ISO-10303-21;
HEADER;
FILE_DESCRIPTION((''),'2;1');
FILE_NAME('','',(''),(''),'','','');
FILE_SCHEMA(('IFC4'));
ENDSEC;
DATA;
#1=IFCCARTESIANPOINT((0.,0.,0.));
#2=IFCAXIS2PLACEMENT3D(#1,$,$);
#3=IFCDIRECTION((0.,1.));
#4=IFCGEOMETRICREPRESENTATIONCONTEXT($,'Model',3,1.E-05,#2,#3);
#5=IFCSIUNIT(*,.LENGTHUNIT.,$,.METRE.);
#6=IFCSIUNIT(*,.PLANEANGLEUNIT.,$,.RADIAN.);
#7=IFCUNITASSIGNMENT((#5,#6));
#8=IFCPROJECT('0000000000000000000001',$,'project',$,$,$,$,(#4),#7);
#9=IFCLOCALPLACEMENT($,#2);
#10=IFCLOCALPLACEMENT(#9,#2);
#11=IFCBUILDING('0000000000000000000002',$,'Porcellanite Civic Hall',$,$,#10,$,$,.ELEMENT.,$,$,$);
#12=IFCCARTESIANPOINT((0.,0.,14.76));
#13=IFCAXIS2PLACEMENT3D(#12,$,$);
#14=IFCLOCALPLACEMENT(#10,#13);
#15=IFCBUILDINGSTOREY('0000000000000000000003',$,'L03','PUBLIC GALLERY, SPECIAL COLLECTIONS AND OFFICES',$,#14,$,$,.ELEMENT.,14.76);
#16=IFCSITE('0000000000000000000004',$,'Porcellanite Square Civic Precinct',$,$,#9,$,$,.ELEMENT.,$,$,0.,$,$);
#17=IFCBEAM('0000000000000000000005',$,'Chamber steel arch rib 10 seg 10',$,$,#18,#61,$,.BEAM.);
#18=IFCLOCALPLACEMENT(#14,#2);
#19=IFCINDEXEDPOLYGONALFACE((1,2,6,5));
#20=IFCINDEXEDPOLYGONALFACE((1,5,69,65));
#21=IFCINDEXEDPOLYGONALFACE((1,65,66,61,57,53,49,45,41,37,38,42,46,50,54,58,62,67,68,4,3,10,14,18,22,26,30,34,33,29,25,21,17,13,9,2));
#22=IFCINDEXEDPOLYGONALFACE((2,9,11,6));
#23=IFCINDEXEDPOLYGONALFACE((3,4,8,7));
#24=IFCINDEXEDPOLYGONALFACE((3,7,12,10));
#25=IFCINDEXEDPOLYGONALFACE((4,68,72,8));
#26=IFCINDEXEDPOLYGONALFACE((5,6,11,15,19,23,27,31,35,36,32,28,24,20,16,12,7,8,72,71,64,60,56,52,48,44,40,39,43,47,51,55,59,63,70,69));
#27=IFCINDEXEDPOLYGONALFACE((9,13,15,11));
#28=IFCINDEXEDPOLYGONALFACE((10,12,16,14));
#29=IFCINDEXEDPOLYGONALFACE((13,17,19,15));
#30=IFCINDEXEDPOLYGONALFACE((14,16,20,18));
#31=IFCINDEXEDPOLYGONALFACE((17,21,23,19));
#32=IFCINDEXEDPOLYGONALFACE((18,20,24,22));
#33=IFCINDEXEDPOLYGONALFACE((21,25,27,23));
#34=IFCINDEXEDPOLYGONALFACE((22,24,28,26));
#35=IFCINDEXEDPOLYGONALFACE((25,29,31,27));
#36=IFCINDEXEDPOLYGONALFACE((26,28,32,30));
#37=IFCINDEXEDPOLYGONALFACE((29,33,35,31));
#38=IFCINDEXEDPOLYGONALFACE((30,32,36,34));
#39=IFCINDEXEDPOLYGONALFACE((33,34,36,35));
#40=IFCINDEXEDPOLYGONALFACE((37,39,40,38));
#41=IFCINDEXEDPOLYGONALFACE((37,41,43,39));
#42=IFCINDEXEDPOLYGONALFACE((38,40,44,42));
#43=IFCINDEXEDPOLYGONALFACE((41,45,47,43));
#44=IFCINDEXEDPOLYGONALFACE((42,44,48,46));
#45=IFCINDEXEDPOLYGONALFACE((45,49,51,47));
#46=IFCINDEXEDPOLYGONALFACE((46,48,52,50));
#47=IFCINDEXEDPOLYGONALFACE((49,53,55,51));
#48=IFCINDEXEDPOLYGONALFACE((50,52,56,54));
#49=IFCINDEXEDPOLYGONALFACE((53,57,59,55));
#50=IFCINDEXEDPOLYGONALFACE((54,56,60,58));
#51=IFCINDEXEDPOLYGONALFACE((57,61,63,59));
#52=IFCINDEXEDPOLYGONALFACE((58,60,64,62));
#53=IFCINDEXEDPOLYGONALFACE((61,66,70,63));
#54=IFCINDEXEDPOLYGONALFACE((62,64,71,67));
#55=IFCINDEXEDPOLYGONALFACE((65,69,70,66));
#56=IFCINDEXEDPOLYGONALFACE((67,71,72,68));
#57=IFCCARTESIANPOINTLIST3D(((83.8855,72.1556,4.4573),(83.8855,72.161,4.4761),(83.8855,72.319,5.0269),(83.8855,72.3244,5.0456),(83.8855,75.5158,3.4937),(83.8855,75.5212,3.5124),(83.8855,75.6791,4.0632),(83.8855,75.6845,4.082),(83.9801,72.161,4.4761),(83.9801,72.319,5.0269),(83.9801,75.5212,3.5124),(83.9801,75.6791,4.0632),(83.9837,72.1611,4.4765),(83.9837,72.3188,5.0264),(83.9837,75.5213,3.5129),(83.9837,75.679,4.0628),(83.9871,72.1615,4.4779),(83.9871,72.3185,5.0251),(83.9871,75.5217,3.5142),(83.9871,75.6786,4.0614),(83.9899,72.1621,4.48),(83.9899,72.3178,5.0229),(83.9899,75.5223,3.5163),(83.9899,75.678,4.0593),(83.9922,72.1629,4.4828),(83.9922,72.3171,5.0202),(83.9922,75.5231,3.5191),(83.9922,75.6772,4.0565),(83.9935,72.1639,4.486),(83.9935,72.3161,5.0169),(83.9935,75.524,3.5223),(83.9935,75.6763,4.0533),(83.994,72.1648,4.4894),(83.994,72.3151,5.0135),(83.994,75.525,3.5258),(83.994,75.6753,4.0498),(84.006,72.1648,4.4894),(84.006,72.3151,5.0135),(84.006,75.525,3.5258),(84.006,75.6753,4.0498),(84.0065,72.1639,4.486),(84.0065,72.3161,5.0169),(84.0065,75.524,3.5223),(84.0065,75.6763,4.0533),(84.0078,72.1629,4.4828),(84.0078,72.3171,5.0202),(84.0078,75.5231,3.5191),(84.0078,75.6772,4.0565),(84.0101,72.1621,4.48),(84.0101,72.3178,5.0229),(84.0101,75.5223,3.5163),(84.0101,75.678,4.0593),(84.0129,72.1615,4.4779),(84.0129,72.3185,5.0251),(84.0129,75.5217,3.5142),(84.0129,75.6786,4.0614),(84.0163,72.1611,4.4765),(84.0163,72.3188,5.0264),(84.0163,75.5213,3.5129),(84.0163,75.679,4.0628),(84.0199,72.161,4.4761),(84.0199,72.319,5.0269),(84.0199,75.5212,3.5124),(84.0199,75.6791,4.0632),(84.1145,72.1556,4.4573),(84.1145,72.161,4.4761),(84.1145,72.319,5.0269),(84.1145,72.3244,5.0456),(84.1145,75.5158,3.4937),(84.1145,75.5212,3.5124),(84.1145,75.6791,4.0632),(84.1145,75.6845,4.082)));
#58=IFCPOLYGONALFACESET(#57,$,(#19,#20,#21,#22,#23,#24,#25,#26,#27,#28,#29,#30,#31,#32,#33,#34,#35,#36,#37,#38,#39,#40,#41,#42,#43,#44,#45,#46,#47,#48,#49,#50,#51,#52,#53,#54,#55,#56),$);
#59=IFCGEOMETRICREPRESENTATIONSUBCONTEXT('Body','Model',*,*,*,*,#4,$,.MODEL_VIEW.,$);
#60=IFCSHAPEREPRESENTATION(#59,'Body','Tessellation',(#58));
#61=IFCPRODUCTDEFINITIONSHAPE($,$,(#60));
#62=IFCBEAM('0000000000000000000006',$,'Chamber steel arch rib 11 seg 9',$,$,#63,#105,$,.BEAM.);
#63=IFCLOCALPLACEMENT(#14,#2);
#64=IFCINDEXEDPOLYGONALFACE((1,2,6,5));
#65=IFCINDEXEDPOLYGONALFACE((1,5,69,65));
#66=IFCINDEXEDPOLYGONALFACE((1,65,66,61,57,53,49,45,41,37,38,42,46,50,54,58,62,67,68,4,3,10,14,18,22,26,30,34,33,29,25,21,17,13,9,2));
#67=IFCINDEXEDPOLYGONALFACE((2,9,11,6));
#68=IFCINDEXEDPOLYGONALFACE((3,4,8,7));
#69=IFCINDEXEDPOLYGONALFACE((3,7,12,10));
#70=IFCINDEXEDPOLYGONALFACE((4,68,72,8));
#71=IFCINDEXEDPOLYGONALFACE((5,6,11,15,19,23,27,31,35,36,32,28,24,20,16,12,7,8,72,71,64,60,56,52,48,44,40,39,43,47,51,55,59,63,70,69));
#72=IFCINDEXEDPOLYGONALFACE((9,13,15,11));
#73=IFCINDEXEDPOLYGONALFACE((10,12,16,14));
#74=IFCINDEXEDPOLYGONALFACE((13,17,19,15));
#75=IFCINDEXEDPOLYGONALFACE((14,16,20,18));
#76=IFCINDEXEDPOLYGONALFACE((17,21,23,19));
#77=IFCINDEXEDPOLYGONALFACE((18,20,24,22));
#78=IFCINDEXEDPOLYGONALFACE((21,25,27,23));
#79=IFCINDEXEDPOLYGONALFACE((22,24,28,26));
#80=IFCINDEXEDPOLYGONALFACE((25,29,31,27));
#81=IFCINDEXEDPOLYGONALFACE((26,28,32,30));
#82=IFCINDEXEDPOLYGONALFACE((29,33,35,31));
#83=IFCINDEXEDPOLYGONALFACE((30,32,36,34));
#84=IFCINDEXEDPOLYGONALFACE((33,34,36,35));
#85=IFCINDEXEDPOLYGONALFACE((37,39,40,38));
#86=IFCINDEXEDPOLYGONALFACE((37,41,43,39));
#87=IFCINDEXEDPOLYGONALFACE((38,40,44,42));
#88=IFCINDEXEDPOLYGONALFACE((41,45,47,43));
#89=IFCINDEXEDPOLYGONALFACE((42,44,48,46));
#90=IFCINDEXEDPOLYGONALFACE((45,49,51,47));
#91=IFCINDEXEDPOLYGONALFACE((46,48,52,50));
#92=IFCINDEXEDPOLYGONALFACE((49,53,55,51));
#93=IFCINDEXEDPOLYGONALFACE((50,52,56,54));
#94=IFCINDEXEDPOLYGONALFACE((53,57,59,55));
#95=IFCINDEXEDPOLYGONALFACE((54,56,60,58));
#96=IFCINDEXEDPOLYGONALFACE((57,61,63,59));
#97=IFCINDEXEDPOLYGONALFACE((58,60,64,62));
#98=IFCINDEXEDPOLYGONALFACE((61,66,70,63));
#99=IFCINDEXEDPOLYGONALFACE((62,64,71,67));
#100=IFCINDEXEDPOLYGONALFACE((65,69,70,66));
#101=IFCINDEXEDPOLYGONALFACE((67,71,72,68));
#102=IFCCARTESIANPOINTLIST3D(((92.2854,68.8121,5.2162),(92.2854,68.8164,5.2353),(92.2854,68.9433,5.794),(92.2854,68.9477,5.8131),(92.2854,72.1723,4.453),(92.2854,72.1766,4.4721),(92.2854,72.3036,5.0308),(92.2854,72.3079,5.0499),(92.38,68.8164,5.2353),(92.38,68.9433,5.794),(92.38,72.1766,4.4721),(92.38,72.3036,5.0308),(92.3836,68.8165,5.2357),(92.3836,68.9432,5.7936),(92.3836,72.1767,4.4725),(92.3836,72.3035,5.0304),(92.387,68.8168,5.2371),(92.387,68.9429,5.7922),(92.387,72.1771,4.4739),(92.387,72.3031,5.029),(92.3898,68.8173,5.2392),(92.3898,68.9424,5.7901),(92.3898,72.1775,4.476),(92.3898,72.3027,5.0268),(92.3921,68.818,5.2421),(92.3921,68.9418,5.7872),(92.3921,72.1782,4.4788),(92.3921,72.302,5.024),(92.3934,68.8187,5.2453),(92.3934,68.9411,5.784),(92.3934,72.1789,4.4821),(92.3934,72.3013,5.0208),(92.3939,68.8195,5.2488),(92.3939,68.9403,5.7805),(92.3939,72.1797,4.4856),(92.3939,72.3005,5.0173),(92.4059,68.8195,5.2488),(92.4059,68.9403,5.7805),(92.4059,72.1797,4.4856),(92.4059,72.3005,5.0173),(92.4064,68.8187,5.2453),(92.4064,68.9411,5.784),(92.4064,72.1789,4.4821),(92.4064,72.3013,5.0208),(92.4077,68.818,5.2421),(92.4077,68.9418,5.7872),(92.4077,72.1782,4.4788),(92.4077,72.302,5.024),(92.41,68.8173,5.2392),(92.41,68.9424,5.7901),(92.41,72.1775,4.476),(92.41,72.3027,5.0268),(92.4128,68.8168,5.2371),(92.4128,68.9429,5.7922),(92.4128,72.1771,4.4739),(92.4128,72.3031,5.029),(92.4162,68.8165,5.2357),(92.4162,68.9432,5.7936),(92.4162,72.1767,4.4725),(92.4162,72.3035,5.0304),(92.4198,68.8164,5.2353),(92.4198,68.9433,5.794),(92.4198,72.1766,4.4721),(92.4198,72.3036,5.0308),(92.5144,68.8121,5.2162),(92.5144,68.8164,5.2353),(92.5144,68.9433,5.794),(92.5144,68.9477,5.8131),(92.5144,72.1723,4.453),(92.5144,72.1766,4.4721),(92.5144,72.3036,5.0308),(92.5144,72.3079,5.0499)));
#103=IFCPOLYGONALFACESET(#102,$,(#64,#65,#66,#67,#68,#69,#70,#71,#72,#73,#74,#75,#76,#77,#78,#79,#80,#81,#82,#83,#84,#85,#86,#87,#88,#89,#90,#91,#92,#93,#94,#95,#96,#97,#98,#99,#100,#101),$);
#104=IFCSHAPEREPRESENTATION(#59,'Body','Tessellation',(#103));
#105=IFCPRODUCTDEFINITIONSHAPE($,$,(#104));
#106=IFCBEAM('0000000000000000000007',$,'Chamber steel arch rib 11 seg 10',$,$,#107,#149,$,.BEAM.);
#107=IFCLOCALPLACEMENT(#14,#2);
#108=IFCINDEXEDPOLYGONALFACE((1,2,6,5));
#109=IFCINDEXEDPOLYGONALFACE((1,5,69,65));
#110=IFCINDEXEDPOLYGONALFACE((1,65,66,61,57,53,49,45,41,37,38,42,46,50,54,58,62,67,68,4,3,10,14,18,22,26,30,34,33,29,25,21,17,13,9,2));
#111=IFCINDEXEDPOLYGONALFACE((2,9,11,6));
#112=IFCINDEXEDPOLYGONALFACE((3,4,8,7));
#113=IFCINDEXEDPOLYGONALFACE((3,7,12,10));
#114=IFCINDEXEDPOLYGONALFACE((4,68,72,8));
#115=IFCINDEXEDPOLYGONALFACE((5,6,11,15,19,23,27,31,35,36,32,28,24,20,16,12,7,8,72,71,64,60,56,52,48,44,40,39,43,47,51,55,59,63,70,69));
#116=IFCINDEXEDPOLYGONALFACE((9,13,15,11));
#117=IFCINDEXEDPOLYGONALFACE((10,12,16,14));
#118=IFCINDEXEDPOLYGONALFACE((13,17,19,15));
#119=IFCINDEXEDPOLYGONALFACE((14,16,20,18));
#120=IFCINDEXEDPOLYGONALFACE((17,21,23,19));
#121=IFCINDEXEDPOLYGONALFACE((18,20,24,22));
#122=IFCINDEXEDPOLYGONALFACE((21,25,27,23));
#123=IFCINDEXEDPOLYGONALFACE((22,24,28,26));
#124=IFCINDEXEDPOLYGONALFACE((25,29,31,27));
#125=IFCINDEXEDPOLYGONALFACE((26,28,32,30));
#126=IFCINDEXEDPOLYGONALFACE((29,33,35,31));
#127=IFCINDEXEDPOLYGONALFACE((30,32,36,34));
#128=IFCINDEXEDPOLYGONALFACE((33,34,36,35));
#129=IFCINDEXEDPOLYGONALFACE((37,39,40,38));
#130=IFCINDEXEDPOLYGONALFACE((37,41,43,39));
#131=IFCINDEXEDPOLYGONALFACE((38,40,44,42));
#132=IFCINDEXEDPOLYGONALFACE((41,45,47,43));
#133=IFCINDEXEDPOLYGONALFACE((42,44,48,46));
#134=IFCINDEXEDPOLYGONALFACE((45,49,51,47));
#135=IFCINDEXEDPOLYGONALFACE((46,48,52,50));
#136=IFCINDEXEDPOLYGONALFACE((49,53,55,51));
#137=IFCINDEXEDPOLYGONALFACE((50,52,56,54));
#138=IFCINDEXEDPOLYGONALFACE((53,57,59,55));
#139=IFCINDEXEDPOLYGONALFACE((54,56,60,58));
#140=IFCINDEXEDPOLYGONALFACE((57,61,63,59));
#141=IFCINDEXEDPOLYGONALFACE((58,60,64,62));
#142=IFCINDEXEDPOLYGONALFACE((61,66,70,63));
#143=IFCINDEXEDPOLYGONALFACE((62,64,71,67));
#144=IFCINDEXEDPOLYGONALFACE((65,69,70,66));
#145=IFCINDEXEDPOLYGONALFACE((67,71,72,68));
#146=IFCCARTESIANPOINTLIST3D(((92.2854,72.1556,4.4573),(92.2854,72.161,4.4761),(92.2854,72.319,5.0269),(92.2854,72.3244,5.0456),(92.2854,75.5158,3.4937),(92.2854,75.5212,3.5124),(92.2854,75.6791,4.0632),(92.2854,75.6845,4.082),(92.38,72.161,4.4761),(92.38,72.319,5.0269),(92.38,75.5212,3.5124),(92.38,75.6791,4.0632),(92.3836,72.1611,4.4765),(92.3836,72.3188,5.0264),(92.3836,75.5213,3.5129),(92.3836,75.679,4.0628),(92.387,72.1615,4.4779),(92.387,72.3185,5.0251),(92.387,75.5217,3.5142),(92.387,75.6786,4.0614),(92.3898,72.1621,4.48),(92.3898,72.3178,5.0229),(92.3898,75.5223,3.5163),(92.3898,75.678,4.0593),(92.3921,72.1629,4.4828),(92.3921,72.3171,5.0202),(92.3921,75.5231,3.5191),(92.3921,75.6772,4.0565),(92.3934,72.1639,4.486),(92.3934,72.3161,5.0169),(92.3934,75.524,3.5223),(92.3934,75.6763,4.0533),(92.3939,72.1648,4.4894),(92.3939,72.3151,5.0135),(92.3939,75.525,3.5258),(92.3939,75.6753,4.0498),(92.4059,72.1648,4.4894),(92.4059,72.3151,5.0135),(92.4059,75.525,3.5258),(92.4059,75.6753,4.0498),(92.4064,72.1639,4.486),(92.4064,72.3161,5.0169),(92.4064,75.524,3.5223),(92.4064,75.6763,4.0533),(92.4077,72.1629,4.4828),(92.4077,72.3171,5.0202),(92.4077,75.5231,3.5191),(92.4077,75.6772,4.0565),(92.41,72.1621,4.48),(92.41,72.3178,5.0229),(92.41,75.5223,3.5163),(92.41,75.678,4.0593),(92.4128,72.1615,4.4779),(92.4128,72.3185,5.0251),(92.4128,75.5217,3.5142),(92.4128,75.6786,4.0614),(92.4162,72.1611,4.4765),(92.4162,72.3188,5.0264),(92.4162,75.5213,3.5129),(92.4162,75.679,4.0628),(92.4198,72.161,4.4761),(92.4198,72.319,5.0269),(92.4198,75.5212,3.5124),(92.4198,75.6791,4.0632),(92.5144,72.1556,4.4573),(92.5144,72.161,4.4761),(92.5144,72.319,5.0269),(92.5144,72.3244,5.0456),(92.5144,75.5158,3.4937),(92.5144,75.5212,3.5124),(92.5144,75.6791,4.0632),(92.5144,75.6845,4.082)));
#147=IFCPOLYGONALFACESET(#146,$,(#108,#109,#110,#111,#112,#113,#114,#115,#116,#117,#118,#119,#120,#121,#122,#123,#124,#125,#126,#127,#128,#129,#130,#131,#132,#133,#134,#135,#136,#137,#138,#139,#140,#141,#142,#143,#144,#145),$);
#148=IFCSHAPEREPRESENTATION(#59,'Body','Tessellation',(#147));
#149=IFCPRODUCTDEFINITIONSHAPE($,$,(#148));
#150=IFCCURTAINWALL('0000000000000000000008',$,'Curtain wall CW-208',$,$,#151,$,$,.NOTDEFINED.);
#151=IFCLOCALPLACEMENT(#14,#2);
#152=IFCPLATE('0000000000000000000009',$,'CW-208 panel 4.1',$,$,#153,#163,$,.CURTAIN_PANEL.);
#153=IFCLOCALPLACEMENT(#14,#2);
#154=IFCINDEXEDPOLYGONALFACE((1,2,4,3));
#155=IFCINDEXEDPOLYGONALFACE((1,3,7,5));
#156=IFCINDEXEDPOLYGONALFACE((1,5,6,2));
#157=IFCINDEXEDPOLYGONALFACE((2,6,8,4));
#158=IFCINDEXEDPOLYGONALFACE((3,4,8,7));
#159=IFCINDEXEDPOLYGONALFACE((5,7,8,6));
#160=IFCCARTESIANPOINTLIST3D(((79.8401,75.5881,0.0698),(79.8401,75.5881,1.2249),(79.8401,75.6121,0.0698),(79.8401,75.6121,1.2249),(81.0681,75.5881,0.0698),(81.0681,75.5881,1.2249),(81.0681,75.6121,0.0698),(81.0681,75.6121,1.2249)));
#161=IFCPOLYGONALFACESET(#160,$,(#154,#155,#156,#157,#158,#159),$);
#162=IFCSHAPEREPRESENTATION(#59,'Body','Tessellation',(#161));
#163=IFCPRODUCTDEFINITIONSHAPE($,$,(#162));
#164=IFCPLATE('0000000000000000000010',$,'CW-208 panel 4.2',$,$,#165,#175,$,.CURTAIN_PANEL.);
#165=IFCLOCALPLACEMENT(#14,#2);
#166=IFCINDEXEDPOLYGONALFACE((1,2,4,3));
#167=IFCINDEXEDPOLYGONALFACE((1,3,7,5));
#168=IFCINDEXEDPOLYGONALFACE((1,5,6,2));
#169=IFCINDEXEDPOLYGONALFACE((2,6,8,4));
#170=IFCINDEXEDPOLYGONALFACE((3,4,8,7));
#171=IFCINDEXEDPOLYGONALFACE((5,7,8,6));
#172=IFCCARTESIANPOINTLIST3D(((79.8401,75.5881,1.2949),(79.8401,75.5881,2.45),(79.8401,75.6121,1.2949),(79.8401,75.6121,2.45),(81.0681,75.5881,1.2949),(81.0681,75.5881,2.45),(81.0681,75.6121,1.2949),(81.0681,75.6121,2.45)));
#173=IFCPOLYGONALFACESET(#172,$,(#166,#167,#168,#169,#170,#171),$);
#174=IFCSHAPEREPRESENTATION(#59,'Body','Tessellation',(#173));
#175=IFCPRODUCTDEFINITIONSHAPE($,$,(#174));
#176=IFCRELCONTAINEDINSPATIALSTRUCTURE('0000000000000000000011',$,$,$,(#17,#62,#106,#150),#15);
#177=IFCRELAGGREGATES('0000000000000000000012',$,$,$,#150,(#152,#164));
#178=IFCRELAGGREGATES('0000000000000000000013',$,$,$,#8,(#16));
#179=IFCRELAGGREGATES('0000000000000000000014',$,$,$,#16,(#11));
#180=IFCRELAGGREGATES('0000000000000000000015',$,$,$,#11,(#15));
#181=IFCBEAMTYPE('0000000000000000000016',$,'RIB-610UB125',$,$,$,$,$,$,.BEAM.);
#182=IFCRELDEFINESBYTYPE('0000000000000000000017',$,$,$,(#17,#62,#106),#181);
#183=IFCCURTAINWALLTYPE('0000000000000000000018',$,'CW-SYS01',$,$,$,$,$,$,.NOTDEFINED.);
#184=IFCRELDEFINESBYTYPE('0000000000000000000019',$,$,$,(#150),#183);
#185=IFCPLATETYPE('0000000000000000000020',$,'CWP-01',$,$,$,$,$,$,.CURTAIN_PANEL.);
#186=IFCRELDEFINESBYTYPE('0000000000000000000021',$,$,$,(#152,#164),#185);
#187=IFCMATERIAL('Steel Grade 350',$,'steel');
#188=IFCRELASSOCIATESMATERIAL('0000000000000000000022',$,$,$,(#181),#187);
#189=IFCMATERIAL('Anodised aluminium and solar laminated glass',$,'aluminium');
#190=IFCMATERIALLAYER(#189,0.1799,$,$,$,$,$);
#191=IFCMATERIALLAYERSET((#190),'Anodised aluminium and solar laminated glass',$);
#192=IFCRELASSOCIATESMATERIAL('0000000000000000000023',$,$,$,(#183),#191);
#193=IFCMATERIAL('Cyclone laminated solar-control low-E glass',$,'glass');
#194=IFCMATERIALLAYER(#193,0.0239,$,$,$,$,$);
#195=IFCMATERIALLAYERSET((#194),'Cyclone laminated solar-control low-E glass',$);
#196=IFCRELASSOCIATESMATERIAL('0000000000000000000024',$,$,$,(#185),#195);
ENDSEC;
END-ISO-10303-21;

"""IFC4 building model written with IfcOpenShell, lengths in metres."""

from ifc_helpers import new_model, si_unit, direction, frame, origin, origin_2d, place, context, subcontext, project, spatial, rectangle, i_section, extrude, material, layer, layer_set, material_profile, profile_set, type_object, element, aggregate, save


model = new_model("IFC4")

# Units and contexts
model_context = context("Model", 3, precision=1e-05, world=origin(), true_north=direction((0.0, 1.0)))
body_context = subcontext(model_context, "Body", "Model", "MODEL_VIEW")
ifc_project = project(units=[si_unit("LENGTHUNIT", "METRE"), si_unit("PLANEANGLEUNIT", "RADIAN")], contexts=[model_context])

# Site, building, storey
site_placement = place(None, origin())
site = spatial("IfcSite", under=ifc_project, at=site_placement, Name="Porcellanite Square Civic Precinct", CompositionType="ELEMENT", RefElevation=0.0)
building_placement = place(site_placement, origin())
building = spatial("IfcBuilding", under=site, at=building_placement, Name="Porcellanite Civic Hall", CompositionType="ELEMENT")
storey_placement = place(building_placement, frame((0.0, 0.0, 14.76)))
storey = spatial("IfcBuildingStorey", under=building, at=storey_placement, Name="L03", Description="PUBLIC GALLERY, SPECIAL COLLECTIONS AND OFFICES", CompositionType="ELEMENT", Elevation=14.76)

# Beams
ifc_material_1 = material(Name="Steel Grade 350", Category="steel")
ifc_material_profile_1 = material_profile(ifc_material_1, i_section(OverallWidth=0.229, OverallDepth=0.6121, WebThickness=0.012, FlangeThickness=0.0195, FilletRadius=0.0139, at=origin_2d()), Name="610UB125")
ifc_profile_set_1 = profile_set([ifc_material_profile_1], Name="Steel Grade 350")
beam_type = type_object("IfcBeamType", Name="RIB-610UB125", PredefinedType="BEAM", material=ifc_profile_set_1)
beam_1_placement = place(storey_placement, frame((84.0, 72.24, 4.7515), z_axis=(0.0, 0.961252, -0.275671), x_axis=(-1.0, 0.0, 0.0)))
element("IfcBeam", 1, at=beam_1_placement, inside=storey, type_object=beam_type, Name="Chamber steel arch rib 10 seg 10", PredefinedType="BEAM", context=body_context, shape_type="SweptSolid", body=[
    extrude(i_section(OverallWidth=0.229, OverallDepth=0.6121, WebThickness=0.012, FlangeThickness=0.0195, FilletRadius=0.0139, at=origin_2d()), origin(), (0.0, 0.0, 1.0), 3.4956),
])
beam_2_placement = place(storey_placement, frame((92.3999, 68.8799, 5.5146), z_axis=(0.0, 0.975163, -0.221489), x_axis=(-1.0, 0.0, 0.0)))
element("IfcBeam", 2, at=beam_2_placement, inside=storey, type_object=beam_type, Name="Chamber steel arch rib 11 seg 9", PredefinedType="BEAM", context=body_context, shape_type="SweptSolid", body=[
    extrude(i_section(OverallWidth=0.229, OverallDepth=0.6121, WebThickness=0.012, FlangeThickness=0.0195, FilletRadius=0.0139, at=origin_2d()), origin(), (0.0, 0.0, 1.0), 3.4458),
])
beam_3_placement = place(storey_placement, frame((92.3999, 72.24, 4.7515), z_axis=(0.0, 0.961252, -0.275671), x_axis=(-1.0, 0.0, 0.0)))
element("IfcBeam", 3, at=beam_3_placement, inside=storey, type_object=beam_type, Name="Chamber steel arch rib 11 seg 10", PredefinedType="BEAM", context=body_context, shape_type="SweptSolid", body=[
    extrude(i_section(OverallWidth=0.229, OverallDepth=0.6121, WebThickness=0.012, FlangeThickness=0.0195, FilletRadius=0.0139, at=origin_2d()), origin(), (0.0, 0.0, 1.0), 3.4956),
])

# Curtain wall, plates
ifc_material_2 = material(Name="Anodised aluminium and solar laminated glass", Category="aluminium")
ifc_layer_1 = layer(ifc_material_2, 0.1799)
ifc_layer_set_1 = layer_set([ifc_layer_1], Name="Anodised aluminium and solar laminated glass")
curtain_wall_type = type_object("IfcCurtainWallType", Name="CW-SYS01", PredefinedType="NOTDEFINED", material=ifc_layer_set_1)
curtain_wall_placement = place(storey_placement, origin())
curtain_wall = element("IfcCurtainWall", 4, at=curtain_wall_placement, inside=storey, type_object=curtain_wall_type, Name="Curtain wall CW-208", PredefinedType="NOTDEFINED")
ifc_material_3 = material(Name="Cyclone laminated solar-control low-E glass", Category="glass")
ifc_layer_2 = layer(ifc_material_3, 0.0239)
ifc_layer_set_2 = layer_set([ifc_layer_2], Name="Cyclone laminated solar-control low-E glass")
plate_type = type_object("IfcPlateType", Name="CWP-01", PredefinedType="CURTAIN_PANEL", material=ifc_layer_set_2)
plate_1_placement = place(storey_placement, frame((80.4541, 75.6001, 0.0698), z_axis=(0.0, 0.0, 1.0), x_axis=(1.0, 0.0, 0.0)))
plate_1 = element("IfcPlate", 5, at=plate_1_placement, type_object=plate_type, Name="CW-208 panel 4.1", PredefinedType="CURTAIN_PANEL", context=body_context, shape_type="SweptSolid", body=[
    extrude(rectangle(XDim=1.228, YDim=0.0239, at=origin_2d()), origin(), (0.0, 0.0, 1.0), 1.155),
])
plate_2_placement = place(storey_placement, frame((80.4541, 75.6001, 1.2949), z_axis=(0.0, 0.0, 1.0), x_axis=(1.0, 0.0, 0.0)))
plate_2 = element("IfcPlate", 6, at=plate_2_placement, type_object=plate_type, Name="CW-208 panel 4.2", PredefinedType="CURTAIN_PANEL", context=body_context, shape_type="SweptSolid", body=[
    extrude(rectangle(XDim=1.228, YDim=0.0239, at=origin_2d()), origin(), (0.0, 0.0, 1.0), 1.155),
])
aggregate(curtain_wall, [plate_1, plate_2])

save(model, "model.ifc")
